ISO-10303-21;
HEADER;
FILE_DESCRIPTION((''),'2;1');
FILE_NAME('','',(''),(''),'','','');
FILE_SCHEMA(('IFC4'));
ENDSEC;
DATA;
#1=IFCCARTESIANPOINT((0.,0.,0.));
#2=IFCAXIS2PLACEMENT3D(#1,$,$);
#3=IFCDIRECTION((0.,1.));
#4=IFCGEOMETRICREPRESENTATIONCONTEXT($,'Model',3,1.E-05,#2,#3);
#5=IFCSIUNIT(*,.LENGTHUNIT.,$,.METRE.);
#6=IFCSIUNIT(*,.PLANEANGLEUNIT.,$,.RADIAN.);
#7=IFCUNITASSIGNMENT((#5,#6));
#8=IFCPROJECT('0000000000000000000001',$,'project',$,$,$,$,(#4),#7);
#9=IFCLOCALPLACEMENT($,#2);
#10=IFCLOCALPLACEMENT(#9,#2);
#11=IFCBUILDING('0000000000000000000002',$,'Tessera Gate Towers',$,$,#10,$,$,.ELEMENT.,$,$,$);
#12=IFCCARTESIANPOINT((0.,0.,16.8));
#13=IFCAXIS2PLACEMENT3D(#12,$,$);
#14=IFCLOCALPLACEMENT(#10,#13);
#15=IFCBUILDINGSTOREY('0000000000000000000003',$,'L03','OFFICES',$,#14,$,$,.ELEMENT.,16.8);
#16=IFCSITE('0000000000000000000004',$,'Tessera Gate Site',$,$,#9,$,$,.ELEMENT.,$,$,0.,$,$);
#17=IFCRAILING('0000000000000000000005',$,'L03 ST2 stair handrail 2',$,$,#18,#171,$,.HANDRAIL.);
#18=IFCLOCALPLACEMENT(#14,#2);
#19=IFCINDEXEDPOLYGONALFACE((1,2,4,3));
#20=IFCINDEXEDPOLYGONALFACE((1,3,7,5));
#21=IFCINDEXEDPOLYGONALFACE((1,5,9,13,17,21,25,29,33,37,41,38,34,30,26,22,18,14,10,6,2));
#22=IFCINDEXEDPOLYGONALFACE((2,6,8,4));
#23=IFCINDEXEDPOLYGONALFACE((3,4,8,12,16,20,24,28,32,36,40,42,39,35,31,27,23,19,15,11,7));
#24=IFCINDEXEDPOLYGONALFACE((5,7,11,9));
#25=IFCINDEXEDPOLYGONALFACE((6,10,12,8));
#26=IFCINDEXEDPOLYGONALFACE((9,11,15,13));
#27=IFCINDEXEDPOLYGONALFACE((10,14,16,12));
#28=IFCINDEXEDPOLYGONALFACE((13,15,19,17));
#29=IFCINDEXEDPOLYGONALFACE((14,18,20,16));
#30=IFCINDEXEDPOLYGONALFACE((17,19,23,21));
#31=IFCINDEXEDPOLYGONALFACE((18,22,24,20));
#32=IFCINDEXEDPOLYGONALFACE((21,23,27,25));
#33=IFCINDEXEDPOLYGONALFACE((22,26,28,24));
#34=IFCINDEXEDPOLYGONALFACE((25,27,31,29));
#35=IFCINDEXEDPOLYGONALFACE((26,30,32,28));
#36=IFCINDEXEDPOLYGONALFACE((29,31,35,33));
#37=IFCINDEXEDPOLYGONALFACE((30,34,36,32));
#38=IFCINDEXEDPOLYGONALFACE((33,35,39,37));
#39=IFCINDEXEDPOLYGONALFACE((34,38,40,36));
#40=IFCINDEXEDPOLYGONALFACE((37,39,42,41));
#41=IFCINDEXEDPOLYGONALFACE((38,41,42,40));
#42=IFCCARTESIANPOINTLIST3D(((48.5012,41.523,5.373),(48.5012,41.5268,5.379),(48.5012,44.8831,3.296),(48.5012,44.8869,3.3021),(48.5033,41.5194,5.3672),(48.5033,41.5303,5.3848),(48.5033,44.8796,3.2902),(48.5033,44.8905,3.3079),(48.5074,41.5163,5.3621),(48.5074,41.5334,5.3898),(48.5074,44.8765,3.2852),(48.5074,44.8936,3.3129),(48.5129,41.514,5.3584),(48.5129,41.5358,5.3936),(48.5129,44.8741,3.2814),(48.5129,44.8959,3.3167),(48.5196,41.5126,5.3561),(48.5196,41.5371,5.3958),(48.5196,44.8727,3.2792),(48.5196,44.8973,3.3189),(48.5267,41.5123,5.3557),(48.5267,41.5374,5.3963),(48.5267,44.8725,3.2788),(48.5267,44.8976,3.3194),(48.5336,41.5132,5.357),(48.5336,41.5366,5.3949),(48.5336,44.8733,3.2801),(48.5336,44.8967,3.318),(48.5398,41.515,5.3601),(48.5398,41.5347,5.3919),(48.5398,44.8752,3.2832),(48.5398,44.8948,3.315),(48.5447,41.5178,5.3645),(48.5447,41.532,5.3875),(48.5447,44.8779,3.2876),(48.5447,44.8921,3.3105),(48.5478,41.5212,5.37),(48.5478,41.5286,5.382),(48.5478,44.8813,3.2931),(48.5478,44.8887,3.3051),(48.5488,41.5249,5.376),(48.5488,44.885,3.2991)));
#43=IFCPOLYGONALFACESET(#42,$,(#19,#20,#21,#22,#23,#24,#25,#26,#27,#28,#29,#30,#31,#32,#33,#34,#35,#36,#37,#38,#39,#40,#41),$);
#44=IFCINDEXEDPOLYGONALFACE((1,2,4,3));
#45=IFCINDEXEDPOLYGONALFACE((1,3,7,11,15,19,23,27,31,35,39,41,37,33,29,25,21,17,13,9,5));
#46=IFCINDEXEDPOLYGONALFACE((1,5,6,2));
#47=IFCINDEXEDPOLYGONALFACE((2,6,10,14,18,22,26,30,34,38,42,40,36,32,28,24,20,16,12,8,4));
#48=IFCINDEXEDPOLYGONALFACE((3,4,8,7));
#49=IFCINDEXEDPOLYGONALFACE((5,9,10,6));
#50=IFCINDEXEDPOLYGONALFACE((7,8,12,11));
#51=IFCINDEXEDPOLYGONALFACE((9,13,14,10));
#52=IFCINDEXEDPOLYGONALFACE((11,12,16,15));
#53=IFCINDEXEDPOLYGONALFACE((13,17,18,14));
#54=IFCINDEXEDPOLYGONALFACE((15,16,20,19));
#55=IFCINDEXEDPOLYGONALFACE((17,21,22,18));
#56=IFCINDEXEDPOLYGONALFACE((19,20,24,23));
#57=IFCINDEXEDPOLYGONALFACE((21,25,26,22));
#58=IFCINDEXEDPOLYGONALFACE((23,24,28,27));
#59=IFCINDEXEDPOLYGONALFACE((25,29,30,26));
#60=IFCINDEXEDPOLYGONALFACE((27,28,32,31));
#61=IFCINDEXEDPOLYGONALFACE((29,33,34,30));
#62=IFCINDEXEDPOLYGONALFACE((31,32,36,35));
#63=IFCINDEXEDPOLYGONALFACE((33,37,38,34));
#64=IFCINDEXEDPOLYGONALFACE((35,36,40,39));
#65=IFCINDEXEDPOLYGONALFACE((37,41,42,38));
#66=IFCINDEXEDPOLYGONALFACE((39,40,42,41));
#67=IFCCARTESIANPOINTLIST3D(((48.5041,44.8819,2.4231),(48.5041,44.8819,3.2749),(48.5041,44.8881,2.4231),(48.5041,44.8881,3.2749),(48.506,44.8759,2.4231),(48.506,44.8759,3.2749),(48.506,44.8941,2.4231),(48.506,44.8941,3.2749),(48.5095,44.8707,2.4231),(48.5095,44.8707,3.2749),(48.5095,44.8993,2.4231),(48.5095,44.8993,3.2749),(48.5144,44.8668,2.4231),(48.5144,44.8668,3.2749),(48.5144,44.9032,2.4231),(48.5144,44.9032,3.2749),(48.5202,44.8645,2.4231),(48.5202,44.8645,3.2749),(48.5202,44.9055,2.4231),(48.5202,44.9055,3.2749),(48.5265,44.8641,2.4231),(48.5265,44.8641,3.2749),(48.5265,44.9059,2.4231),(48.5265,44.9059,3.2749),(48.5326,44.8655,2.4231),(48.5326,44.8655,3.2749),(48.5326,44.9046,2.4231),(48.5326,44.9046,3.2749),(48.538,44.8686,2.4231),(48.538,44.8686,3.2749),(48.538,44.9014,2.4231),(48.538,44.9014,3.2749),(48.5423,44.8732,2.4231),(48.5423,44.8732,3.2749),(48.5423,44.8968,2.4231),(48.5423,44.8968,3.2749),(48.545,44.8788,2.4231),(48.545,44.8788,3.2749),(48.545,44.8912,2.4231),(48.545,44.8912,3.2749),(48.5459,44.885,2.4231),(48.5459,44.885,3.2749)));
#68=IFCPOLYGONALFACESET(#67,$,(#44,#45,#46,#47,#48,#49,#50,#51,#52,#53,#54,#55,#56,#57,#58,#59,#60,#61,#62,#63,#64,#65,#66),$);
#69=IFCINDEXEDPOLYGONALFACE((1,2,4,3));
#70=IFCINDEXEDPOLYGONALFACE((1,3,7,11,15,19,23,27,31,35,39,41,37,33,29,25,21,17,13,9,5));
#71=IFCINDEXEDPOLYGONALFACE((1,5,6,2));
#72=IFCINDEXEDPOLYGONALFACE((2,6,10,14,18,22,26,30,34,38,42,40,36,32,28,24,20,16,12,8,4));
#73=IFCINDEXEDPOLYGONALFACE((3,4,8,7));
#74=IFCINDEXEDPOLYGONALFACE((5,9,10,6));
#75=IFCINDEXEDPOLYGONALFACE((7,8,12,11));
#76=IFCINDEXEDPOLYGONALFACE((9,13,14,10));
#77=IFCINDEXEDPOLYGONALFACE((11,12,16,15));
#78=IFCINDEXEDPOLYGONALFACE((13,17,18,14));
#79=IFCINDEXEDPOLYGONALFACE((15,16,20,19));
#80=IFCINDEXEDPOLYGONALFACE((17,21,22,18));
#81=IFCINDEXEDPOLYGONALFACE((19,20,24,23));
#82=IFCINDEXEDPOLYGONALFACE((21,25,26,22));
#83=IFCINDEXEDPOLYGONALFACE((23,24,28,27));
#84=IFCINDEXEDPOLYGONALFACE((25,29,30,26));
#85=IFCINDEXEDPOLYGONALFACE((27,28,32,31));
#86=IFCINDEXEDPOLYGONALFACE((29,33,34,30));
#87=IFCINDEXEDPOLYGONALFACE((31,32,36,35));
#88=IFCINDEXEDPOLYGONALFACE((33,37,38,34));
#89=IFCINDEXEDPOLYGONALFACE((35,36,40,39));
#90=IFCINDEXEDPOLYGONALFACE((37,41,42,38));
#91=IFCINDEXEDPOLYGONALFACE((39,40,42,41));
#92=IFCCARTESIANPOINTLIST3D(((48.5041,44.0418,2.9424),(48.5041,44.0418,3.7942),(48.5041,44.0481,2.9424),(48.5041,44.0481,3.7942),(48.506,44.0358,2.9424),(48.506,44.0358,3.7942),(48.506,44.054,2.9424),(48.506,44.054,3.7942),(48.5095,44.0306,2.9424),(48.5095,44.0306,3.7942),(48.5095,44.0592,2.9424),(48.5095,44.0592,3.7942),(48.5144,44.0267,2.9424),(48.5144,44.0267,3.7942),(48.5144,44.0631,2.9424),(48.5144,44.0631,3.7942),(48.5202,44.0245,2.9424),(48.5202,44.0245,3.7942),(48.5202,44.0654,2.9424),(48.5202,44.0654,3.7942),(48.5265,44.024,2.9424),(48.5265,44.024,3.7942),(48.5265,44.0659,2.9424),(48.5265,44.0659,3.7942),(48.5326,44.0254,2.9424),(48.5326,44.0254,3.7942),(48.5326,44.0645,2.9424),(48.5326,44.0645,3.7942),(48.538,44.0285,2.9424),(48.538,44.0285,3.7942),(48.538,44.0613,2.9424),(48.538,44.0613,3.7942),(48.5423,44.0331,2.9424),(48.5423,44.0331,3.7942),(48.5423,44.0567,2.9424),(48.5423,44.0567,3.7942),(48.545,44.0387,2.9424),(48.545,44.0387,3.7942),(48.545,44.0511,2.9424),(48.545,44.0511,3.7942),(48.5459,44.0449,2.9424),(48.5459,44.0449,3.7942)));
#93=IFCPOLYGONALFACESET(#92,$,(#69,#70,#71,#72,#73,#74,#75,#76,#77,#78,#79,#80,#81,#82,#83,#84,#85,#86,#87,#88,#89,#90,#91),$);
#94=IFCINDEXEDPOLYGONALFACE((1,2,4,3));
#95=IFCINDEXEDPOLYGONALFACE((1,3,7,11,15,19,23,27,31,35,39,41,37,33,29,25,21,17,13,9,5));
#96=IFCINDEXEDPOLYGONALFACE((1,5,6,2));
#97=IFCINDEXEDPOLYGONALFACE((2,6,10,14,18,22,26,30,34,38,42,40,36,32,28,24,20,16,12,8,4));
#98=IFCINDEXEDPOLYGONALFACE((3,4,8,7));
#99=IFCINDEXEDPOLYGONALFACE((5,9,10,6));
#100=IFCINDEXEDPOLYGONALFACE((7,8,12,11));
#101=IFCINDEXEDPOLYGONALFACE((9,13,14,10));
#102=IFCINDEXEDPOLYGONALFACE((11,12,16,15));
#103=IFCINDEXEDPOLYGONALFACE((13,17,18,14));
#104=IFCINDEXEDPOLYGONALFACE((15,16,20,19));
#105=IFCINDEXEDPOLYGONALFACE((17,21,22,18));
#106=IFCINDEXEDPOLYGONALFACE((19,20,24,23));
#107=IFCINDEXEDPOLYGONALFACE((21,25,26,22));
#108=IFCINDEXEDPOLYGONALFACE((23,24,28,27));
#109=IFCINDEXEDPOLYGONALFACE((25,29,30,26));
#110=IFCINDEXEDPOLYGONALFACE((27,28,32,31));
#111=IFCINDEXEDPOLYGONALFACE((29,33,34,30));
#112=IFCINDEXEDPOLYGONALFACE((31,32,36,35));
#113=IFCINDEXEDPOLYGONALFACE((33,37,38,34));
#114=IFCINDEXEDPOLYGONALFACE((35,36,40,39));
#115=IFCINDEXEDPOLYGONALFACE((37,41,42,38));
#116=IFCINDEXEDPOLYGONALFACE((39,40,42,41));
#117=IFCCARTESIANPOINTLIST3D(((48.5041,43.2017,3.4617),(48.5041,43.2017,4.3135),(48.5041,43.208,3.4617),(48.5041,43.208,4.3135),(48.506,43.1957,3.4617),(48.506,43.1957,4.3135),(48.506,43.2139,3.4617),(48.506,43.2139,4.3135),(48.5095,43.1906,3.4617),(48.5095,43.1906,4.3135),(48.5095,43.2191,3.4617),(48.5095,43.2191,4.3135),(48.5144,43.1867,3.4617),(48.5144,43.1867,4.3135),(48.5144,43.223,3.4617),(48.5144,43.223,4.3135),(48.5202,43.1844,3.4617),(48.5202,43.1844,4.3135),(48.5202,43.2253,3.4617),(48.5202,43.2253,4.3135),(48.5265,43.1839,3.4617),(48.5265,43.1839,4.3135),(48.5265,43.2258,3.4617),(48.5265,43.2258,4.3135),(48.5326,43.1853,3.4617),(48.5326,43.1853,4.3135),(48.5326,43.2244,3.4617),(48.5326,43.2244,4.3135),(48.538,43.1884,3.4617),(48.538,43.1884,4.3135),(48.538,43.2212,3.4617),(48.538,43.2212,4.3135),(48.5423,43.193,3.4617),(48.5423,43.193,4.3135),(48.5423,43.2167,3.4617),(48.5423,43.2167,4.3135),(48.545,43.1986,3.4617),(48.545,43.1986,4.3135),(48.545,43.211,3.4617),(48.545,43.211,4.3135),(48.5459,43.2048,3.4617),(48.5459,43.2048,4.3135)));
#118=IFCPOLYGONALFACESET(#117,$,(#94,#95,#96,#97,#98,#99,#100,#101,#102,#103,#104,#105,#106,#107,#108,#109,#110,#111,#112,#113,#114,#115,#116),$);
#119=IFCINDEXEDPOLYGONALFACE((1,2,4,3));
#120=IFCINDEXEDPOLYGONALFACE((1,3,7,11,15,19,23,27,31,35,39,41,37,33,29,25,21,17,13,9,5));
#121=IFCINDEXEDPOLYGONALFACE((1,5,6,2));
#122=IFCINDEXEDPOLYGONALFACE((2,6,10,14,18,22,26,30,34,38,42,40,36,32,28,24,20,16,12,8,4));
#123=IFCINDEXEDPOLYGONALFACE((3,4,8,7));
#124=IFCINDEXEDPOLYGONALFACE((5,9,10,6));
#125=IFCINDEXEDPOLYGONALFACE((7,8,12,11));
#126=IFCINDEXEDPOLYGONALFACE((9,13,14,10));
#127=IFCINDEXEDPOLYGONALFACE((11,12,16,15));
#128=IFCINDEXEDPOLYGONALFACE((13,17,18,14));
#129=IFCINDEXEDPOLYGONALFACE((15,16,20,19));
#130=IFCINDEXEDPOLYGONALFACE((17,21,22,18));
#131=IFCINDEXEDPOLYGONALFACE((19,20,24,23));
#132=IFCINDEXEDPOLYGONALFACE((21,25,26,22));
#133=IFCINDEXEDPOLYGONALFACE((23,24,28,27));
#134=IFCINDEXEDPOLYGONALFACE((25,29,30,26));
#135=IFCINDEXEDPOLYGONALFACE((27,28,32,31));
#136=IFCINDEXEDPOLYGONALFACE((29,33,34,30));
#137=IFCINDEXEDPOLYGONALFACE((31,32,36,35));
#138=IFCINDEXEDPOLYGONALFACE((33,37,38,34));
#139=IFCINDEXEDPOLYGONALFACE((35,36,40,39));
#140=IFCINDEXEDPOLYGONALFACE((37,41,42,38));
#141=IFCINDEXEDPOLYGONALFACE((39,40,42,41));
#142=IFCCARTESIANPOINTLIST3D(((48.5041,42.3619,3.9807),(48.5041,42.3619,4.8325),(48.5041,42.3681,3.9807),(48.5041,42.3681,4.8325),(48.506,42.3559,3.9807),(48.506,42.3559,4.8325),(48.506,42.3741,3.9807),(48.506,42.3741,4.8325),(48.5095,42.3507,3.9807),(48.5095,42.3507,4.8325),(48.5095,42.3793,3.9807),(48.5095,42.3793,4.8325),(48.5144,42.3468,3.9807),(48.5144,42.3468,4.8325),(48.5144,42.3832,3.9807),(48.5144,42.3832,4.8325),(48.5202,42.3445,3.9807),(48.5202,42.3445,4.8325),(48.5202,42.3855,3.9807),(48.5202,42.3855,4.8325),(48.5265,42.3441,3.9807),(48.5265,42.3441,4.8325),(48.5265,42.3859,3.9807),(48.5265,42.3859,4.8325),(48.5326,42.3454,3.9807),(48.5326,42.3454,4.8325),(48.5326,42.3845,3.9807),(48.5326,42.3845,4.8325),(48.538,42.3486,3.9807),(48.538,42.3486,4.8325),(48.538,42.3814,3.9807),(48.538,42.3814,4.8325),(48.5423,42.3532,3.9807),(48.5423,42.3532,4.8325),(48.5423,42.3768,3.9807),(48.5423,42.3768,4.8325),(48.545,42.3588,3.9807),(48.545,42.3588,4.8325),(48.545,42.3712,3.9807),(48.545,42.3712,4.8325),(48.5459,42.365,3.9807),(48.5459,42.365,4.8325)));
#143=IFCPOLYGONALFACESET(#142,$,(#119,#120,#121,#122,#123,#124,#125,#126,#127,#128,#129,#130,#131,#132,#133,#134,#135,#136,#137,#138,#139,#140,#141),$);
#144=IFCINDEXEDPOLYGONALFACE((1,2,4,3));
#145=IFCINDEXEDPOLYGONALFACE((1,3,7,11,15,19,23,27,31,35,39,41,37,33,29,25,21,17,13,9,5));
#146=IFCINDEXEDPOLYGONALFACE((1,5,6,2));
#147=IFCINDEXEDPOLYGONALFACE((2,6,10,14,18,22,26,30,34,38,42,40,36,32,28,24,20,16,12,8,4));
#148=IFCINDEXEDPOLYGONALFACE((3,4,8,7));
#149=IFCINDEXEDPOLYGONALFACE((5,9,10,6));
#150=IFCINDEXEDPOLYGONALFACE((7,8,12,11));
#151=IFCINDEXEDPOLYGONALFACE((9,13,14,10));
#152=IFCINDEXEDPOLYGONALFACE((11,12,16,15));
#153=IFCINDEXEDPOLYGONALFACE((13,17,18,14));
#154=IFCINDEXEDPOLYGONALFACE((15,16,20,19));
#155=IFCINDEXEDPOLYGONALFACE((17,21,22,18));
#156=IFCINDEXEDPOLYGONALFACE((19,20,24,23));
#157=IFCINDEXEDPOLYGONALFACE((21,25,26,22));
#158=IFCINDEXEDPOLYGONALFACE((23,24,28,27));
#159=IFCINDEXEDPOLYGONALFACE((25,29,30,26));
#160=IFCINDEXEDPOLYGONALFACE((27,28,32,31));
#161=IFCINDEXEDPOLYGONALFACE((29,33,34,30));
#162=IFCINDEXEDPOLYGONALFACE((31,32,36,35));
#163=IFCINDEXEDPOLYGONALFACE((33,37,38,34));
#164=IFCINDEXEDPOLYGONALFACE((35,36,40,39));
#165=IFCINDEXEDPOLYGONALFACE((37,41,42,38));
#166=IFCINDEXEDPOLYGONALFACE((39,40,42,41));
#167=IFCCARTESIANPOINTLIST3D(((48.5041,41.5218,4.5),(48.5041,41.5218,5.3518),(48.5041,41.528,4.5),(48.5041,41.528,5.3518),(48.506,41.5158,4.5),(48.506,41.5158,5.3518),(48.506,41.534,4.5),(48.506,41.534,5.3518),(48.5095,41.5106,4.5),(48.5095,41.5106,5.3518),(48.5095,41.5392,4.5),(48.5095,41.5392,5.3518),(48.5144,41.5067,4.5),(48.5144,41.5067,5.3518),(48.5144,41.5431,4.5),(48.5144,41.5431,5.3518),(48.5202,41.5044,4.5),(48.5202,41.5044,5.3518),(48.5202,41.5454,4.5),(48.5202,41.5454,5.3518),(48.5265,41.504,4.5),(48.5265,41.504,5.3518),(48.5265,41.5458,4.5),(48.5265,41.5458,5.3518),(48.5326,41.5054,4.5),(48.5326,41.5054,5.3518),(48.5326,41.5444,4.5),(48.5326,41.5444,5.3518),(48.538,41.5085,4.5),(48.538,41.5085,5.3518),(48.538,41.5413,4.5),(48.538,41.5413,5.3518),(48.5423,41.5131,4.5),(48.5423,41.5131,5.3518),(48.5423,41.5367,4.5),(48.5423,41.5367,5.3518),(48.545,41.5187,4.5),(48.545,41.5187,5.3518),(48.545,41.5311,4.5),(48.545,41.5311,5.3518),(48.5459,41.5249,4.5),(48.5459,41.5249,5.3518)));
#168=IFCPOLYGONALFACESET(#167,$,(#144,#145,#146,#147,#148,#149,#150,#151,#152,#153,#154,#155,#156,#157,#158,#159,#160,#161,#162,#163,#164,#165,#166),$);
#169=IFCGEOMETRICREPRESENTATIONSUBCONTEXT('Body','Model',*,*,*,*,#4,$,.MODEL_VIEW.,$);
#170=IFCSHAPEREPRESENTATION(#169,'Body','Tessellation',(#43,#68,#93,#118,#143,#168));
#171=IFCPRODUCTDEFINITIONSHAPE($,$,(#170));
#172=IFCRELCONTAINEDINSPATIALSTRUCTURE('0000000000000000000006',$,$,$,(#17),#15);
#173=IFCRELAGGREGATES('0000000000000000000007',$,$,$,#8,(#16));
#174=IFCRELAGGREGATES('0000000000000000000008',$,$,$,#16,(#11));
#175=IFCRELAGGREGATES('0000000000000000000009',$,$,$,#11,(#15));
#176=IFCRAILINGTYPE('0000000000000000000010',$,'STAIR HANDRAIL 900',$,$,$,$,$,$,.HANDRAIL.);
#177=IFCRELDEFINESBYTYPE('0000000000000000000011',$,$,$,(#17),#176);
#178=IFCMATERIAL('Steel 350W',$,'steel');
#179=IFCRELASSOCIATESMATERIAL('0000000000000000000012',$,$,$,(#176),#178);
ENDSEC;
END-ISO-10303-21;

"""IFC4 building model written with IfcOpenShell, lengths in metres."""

from ifc_helpers import new_model, si_unit, direction, frame, origin, origin_2d, place, context, subcontext, project, spatial, circle, extrude, material, type_object, element, save


model = new_model("IFC4")

# Units and contexts
model_context = context("Model", 3, precision=1e-05, world=origin(), true_north=direction((0.0, 1.0)))
body_context = subcontext(model_context, "Body", "Model", "MODEL_VIEW")
ifc_project = project(units=[si_unit("LENGTHUNIT", "METRE"), si_unit("PLANEANGLEUNIT", "RADIAN")], contexts=[model_context])

# Site, building, storey
site_placement = place(None, origin())
site = spatial("IfcSite", under=ifc_project, at=site_placement, Name="Tessera Gate Site", CompositionType="ELEMENT", RefElevation=0.0)
building_placement = place(site_placement, origin())
building = spatial("IfcBuilding", under=site, at=building_placement, Name="Tessera Gate Towers", CompositionType="ELEMENT")
storey_placement = place(building_placement, frame((0.0, 0.0, 16.8)))
storey = spatial("IfcBuildingStorey", under=building, at=storey_placement, Name="L03", Description="OFFICES", CompositionType="ELEMENT", Elevation=16.8)

# Railing
ifc_material_1 = material(Name="Steel 350W", Category="steel")
railing_type_1 = type_object("IfcRailingType", Name="STAIR HANDRAIL 900", PredefinedType="HANDRAIL", material=ifc_material_1)
railing_1_placement = place(storey_placement, frame((48.5249, 44.885, 2.4231)))
element("IfcRailing", 1, at=railing_1_placement, inside=storey, type_object=railing_type_1, Name="L03 ST2 stair handrail 2", PredefinedType="HANDRAIL", context=body_context, shape_type="SweptSolid", body=[
    extrude(circle(Radius=0.0239, at=origin_2d()), frame((0.0, 0.0, 0.876), z_axis=(0.0, -0.850623, 0.525776), x_axis=(1.0, 0.0, 0.0)), (0.0, 0.0, 1.0), 3.9502),
    extrude(circle(Radius=0.021, at=origin_2d()), origin(), (0.0, 0.0, 1.0), 0.8518),
    extrude(circle(Radius=0.021, at=origin_2d()), frame((0.0, -0.8401, 0.5193)), (0.0, 0.0, 1.0), 0.8518),
    extrude(circle(Radius=0.021, at=origin_2d()), frame((0.0, -1.6802, 1.0386)), (0.0, 0.0, 1.0), 0.8518),
    extrude(circle(Radius=0.021, at=origin_2d()), frame((0.0, -2.52, 1.5576)), (0.0, 0.0, 1.0), 0.8518),
    extrude(circle(Radius=0.021, at=origin_2d()), frame((0.0, -3.3601, 2.0769)), (0.0, 0.0, 1.0), 0.8518),
])

save(model, "model.ifc")
